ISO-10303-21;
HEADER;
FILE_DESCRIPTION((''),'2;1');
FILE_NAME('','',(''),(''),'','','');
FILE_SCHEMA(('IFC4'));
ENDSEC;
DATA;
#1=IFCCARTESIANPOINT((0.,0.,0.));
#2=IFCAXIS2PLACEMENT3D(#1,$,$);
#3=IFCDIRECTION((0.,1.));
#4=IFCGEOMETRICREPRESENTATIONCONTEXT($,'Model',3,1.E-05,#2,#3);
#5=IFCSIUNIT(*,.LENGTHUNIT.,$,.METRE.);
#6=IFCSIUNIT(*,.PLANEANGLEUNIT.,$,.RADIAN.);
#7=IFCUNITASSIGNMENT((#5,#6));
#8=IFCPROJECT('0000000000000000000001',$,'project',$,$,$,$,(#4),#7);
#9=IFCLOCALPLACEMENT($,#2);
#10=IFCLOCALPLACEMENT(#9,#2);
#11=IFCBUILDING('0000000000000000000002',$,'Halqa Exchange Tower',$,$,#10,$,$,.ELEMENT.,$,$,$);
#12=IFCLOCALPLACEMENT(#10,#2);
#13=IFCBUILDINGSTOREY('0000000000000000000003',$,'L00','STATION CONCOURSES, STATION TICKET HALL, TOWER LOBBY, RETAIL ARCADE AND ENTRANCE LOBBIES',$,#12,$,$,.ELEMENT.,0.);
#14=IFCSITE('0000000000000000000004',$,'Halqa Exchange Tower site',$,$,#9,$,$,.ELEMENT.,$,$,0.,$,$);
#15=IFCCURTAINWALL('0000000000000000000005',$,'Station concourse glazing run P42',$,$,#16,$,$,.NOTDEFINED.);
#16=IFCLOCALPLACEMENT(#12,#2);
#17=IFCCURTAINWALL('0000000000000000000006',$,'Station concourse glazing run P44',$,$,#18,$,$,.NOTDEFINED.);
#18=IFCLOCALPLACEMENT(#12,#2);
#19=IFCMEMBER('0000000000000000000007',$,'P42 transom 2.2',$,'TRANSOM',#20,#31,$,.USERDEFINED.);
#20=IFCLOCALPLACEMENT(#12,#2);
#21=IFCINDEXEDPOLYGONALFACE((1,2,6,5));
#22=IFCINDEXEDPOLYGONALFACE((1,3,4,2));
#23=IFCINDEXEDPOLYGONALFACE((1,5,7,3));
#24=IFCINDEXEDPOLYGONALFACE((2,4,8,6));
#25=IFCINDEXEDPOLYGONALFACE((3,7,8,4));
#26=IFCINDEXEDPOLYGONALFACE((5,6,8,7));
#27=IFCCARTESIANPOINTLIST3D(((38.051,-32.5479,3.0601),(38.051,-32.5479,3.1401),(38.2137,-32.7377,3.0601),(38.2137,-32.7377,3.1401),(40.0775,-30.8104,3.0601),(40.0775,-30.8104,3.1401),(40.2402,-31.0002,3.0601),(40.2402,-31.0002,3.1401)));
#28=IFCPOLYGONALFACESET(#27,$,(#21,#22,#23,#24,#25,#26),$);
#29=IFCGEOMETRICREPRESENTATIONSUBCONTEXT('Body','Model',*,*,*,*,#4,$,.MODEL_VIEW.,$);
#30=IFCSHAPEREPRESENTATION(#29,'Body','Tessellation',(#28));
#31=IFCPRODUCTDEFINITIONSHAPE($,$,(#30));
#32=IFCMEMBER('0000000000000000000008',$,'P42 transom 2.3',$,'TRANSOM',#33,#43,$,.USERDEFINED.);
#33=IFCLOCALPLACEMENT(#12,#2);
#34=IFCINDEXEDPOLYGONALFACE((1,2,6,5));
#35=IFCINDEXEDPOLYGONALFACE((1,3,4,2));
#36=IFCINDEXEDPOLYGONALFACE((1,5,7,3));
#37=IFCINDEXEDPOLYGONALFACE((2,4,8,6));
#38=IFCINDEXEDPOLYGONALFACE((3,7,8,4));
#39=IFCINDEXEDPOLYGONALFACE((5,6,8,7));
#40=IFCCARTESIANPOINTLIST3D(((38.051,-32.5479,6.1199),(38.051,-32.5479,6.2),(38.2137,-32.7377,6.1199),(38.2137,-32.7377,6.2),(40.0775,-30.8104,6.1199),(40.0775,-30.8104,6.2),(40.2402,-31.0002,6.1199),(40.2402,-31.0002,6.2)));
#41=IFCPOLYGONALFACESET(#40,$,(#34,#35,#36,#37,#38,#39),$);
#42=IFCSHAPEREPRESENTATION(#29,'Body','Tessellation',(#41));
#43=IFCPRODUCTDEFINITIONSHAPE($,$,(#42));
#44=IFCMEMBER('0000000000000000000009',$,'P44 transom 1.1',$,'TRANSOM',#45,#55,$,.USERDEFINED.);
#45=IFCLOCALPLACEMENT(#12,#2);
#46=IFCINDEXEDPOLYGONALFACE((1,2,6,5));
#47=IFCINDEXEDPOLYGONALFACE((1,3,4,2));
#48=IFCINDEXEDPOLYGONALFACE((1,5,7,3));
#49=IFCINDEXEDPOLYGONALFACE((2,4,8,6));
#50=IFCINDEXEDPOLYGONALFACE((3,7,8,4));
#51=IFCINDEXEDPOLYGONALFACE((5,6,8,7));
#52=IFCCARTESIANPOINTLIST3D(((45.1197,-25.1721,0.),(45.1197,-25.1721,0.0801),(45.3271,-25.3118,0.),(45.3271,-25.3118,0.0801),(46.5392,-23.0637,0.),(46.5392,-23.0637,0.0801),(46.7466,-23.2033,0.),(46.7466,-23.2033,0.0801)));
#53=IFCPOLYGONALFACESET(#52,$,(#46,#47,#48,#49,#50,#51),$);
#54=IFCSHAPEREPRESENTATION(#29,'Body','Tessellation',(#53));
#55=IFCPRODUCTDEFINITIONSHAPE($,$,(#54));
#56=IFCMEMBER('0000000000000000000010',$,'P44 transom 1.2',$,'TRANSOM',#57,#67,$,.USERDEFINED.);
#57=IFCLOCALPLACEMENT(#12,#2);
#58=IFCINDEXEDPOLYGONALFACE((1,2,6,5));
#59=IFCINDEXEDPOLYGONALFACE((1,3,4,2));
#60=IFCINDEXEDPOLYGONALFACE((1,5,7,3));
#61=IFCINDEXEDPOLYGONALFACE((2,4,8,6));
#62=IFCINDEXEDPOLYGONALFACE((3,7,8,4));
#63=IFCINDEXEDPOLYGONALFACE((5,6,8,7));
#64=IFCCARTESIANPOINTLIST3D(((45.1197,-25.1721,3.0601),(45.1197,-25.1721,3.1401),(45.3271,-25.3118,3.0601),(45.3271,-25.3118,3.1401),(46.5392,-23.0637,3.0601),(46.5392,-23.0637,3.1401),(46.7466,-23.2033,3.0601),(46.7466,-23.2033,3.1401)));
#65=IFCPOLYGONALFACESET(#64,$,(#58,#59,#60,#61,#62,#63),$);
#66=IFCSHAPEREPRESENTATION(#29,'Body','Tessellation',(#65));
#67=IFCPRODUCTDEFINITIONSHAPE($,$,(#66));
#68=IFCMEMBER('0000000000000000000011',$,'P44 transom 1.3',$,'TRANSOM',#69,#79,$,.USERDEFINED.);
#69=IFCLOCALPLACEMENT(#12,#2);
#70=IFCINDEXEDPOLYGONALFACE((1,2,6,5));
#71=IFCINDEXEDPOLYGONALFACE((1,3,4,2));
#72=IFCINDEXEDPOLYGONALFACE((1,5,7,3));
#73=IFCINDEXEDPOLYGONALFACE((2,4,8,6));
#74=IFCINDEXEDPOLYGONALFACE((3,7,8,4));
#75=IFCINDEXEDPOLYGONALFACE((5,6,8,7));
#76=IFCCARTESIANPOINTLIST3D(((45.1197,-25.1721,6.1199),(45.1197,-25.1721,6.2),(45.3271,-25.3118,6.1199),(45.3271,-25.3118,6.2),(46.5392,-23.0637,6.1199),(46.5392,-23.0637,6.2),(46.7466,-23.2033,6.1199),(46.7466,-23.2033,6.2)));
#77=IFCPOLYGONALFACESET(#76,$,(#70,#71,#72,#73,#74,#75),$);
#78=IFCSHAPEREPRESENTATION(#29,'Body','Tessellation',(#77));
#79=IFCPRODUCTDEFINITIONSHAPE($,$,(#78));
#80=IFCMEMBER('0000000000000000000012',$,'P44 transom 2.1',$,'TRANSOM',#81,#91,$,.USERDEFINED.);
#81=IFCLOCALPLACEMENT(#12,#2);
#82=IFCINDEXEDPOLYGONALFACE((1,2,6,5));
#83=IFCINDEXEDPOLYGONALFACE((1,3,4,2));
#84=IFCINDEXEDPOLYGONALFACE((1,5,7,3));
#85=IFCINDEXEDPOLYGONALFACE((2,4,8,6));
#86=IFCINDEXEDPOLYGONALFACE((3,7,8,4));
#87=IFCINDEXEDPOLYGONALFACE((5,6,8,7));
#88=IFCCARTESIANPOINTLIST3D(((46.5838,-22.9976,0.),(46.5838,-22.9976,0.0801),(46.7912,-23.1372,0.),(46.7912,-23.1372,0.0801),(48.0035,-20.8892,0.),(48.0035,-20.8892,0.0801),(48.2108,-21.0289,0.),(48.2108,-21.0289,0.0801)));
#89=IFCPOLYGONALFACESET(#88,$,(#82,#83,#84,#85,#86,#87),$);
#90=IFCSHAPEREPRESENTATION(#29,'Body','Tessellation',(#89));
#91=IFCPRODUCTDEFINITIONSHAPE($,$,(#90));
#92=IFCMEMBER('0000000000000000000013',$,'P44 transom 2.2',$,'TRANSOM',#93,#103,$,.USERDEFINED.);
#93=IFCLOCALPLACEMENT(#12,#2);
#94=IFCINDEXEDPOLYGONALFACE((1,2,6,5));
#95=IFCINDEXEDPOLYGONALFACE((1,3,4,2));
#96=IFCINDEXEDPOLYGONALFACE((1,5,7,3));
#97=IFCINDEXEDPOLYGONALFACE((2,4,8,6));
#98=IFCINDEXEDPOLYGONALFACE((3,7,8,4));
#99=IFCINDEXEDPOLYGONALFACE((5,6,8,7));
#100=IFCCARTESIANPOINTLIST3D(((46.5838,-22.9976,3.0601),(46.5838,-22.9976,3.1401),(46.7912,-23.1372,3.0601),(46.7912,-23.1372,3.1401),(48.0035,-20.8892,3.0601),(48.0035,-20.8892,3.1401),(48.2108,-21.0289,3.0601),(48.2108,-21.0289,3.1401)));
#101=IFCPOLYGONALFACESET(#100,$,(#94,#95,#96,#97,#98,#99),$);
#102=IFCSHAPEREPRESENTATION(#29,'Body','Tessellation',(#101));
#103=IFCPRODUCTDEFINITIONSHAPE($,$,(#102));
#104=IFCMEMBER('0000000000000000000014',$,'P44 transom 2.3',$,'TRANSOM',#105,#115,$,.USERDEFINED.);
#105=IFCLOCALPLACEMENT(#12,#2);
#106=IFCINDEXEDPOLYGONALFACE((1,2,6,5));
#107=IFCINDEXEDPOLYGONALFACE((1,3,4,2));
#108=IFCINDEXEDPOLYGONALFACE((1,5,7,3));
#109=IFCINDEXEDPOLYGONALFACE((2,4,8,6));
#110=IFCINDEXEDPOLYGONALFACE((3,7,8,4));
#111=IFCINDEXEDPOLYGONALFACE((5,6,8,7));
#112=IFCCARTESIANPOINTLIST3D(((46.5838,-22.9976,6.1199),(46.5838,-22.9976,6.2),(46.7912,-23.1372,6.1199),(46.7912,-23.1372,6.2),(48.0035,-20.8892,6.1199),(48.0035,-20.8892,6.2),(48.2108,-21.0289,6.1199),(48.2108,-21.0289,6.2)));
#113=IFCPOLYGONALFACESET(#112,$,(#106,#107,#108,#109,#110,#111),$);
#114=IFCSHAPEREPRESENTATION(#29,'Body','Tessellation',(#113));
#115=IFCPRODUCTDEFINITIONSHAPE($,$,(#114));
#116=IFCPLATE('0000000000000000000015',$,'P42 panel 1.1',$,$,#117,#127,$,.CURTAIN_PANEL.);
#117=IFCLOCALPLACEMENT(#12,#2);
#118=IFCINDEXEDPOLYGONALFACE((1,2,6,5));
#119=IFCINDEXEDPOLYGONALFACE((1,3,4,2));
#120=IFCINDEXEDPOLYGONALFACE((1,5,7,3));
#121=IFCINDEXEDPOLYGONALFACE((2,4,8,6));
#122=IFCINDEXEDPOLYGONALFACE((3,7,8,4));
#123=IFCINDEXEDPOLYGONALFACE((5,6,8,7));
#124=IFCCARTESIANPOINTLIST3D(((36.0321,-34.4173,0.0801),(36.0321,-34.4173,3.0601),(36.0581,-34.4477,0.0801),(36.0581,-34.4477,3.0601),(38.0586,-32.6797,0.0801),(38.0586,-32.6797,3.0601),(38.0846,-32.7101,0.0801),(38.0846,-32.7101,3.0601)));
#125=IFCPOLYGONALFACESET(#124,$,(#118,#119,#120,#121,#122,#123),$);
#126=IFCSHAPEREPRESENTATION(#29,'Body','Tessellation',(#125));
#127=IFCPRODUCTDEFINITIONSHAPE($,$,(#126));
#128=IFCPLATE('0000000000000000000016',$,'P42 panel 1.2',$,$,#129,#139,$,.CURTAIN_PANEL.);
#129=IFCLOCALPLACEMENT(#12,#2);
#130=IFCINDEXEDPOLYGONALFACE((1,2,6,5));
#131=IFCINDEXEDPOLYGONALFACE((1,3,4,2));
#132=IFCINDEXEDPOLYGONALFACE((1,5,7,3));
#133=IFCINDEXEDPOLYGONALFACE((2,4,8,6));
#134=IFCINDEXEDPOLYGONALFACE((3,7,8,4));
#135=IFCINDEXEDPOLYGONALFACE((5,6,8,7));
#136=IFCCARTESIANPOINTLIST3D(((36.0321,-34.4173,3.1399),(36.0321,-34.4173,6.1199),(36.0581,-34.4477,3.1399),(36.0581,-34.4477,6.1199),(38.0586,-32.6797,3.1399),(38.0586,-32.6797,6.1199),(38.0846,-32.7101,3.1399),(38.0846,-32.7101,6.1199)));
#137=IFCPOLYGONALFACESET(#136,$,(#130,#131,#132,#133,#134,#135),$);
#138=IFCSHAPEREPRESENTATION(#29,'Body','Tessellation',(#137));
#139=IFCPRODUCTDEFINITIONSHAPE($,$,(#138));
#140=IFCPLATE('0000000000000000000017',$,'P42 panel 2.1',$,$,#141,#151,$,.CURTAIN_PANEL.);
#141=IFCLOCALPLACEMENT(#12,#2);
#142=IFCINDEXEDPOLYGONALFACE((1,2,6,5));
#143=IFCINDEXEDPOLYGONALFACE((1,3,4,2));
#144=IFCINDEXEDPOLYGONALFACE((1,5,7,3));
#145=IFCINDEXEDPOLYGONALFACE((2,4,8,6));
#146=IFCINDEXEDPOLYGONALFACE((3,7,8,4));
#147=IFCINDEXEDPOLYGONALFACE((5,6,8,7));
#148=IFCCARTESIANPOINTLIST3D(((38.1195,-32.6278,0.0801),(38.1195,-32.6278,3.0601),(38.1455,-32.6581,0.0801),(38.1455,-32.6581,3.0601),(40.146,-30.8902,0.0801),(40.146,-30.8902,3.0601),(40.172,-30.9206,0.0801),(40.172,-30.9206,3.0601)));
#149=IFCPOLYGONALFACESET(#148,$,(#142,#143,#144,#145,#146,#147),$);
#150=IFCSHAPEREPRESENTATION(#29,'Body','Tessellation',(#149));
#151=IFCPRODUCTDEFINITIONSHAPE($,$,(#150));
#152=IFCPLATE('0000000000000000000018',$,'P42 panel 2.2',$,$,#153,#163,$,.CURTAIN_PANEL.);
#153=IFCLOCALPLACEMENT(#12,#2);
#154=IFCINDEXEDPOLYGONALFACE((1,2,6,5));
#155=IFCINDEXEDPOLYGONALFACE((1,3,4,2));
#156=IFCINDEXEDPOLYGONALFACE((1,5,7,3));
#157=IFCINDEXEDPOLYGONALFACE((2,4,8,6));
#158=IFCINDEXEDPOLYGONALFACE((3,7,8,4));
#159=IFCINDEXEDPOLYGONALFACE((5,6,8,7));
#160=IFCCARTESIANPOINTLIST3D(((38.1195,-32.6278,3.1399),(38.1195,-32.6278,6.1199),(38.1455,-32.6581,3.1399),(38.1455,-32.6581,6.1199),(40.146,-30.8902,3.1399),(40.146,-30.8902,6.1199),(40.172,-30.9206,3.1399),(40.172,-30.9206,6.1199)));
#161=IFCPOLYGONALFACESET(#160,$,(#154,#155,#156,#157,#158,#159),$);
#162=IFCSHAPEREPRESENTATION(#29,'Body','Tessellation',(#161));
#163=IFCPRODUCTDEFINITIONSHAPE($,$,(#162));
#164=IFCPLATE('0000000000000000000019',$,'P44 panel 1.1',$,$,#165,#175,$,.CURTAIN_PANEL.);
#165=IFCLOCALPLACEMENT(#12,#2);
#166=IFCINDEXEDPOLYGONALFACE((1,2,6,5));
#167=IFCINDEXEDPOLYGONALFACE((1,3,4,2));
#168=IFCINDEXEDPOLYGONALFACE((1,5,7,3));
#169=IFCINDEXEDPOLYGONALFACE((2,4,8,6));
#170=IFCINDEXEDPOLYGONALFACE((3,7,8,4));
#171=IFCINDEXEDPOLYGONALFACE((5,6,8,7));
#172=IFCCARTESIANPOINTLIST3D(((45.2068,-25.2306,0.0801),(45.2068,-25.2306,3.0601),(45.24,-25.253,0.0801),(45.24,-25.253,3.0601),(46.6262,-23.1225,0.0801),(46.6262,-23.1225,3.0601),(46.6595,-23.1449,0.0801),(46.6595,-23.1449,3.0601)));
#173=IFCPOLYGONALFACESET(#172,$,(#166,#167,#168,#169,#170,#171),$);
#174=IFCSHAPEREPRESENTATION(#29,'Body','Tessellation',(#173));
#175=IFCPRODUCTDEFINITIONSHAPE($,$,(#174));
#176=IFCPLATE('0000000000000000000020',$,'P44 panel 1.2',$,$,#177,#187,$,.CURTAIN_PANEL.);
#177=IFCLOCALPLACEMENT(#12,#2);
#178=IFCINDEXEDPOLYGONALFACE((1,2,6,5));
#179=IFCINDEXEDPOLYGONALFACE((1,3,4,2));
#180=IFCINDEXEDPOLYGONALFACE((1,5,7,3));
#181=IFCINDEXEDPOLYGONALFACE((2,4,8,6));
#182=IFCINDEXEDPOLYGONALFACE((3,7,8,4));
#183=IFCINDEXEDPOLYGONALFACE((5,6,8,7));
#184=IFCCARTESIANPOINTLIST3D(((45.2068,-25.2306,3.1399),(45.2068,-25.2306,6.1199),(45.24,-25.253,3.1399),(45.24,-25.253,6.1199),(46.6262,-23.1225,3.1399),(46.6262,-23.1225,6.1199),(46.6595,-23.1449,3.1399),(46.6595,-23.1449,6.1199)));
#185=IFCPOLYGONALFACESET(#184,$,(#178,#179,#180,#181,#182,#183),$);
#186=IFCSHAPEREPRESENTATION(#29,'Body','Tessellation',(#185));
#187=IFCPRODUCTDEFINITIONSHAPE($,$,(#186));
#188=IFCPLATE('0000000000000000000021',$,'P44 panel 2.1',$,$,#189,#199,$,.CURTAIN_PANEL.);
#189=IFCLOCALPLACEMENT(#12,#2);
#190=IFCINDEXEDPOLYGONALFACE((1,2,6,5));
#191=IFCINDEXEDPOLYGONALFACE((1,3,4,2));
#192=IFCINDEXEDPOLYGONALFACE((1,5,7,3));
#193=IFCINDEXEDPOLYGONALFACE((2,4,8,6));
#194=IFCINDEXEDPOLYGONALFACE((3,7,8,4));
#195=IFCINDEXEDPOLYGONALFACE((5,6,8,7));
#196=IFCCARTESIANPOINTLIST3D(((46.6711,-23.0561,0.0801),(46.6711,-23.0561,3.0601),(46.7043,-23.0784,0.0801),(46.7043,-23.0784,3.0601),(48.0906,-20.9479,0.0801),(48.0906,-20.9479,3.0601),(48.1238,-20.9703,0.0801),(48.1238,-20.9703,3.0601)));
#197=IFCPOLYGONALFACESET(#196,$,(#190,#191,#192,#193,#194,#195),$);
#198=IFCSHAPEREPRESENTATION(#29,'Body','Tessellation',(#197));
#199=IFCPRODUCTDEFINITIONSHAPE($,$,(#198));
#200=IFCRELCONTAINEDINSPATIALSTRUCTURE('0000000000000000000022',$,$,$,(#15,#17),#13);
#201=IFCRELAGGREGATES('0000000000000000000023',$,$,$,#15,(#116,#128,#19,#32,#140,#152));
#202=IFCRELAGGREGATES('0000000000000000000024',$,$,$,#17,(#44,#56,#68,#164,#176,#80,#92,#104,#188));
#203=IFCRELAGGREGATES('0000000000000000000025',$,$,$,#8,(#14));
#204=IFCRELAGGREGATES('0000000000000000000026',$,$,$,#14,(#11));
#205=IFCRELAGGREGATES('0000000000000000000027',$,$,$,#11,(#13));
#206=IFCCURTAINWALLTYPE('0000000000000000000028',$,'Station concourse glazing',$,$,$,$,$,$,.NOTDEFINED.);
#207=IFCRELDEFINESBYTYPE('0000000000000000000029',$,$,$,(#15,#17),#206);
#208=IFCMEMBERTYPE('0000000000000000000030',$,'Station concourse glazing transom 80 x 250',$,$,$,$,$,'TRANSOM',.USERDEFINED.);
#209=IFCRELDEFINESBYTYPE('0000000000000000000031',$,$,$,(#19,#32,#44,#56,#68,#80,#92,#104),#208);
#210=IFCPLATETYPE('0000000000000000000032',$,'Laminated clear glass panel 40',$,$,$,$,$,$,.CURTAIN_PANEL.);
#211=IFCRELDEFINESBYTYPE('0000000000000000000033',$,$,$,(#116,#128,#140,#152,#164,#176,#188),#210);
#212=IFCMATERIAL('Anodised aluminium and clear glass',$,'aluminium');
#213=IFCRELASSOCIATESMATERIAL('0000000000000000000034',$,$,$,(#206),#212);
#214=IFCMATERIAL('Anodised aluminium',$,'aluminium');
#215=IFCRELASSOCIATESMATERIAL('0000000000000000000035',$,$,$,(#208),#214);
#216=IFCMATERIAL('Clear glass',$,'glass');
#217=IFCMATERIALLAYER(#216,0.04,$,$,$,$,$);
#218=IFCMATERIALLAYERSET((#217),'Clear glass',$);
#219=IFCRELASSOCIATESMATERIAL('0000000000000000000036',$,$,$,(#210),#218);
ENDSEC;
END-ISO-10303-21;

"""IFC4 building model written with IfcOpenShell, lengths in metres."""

from ifc_helpers import new_model, si_unit, direction, frame, origin, origin_2d, place, context, subcontext, project, spatial, rectangle, extrude, material, layer, layer_set, material_profile, profile_set, type_object, element, aggregate, save


model = new_model("IFC4")

# Units and contexts
model_context = context("Model", 3, precision=1e-05, world=origin(), true_north=direction((0.0, 1.0)))
body_context = subcontext(model_context, "Body", "Model", "MODEL_VIEW")
ifc_project = project(units=[si_unit("LENGTHUNIT", "METRE"), si_unit("PLANEANGLEUNIT", "RADIAN")], contexts=[model_context])

# Site, building, storey
site_placement = place(None, origin())
site = spatial("IfcSite", under=ifc_project, at=site_placement, Name="Halqa Exchange Tower site", CompositionType="ELEMENT", RefElevation=0.0)
building_placement = place(site_placement, origin())
building = spatial("IfcBuilding", under=site, at=building_placement, Name="Halqa Exchange Tower", CompositionType="ELEMENT")
storey_placement = place(building_placement, origin())
storey = spatial("IfcBuildingStorey", under=building, at=storey_placement, Name="L00", Description="STATION CONCOURSES, STATION TICKET HALL, TOWER LOBBY, RETAIL ARCADE AND ENTRANCE LOBBIES", CompositionType="ELEMENT", Elevation=0.0)

# Curtain walls
ifc_material_1 = material(Name="Anodised aluminium and clear glass", Category="aluminium")
curtain_wall_type = type_object("IfcCurtainWallType", Name="Station concourse glazing", PredefinedType="NOTDEFINED", material=ifc_material_1)
curtain_wall_1_placement = place(storey_placement, origin())
curtain_wall_1 = element("IfcCurtainWall", 1, at=curtain_wall_1_placement, inside=storey, type_object=curtain_wall_type, Name="Station concourse glazing run P42", PredefinedType="NOTDEFINED")
ifc_material_2 = material(Name="Anodised aluminium", Category="aluminium")
curtain_wall_2_placement = place(storey_placement, origin())
curtain_wall_2 = element("IfcCurtainWall", 2, at=curtain_wall_2_placement, inside=storey, type_object=curtain_wall_type, Name="Station concourse glazing run P44", PredefinedType="NOTDEFINED")

# Members
ifc_material_profile_1 = material_profile(ifc_material_2, rectangle(XDim=0.25, YDim=0.0801, at=origin_2d()), Name="AL 80x250")
ifc_profile_set_1 = profile_set([ifc_material_profile_1], Name="Anodised aluminium")
member_type_1 = type_object("IfcMemberType", Name="Station concourse glazing transom 80 x 250", ElementType="TRANSOM", PredefinedType="USERDEFINED", material=ifc_profile_set_1)
member_1_placement = place(storey_placement, frame((38.1323, -32.6428, 3.1001), z_axis=(0.759173, 0.650889, 0.0), x_axis=(-0.650889, 0.759173, 0.0)))
member_1 = element("IfcMember", 3, at=member_1_placement, type_object=member_type_1, Name="P42 transom 2.2", ObjectType="TRANSOM", PredefinedType="USERDEFINED", context=body_context, shape_type="SweptSolid", body=[
    extrude(rectangle(XDim=0.25, YDim=0.0801, at=origin_2d()), origin(), (0.0, 0.0, 1.0), 2.6694),
])
member_2_placement = place(storey_placement, frame((38.1323, -32.6428, 6.1599), z_axis=(0.759173, 0.650889, 0.0), x_axis=(-0.650889, 0.759173, 0.0)))
member_2 = element("IfcMember", 4, at=member_2_placement, type_object=member_type_1, Name="P42 transom 2.3", ObjectType="TRANSOM", PredefinedType="USERDEFINED", context=body_context, shape_type="SweptSolid", body=[
    extrude(rectangle(XDim=0.25, YDim=0.0801, at=origin_2d()), origin(), (0.0, 0.0, 1.0), 2.6694),
])
member_3_placement = place(storey_placement, frame((45.2234, -25.2419, 0.04), z_axis=(0.558463, 0.82953, 0.0), x_axis=(-0.82953, 0.558463, 0.0)))
member_3 = element("IfcMember", 5, at=member_3_placement, type_object=member_type_1, Name="P44 transom 1.1", ObjectType="TRANSOM", PredefinedType="USERDEFINED", context=body_context, shape_type="SweptSolid", body=[
    extrude(rectangle(XDim=0.25, YDim=0.0801, at=origin_2d()), origin(), (0.0, 0.0, 1.0), 2.5417),
])
member_4_placement = place(storey_placement, frame((45.2234, -25.2419, 3.1001), z_axis=(0.558463, 0.82953, 0.0), x_axis=(-0.82953, 0.558463, 0.0)))
member_4 = element("IfcMember", 6, at=member_4_placement, type_object=member_type_1, Name="P44 transom 1.2", ObjectType="TRANSOM", PredefinedType="USERDEFINED", context=body_context, shape_type="SweptSolid", body=[
    extrude(rectangle(XDim=0.25, YDim=0.0801, at=origin_2d()), origin(), (0.0, 0.0, 1.0), 2.5417),
])
member_5_placement = place(storey_placement, frame((45.2234, -25.2419, 6.1599), z_axis=(0.558463, 0.82953, 0.0), x_axis=(-0.82953, 0.558463, 0.0)))
member_5 = element("IfcMember", 7, at=member_5_placement, type_object=member_type_1, Name="P44 transom 1.3", ObjectType="TRANSOM", PredefinedType="USERDEFINED", context=body_context, shape_type="SweptSolid", body=[
    extrude(rectangle(XDim=0.25, YDim=0.0801, at=origin_2d()), origin(), (0.0, 0.0, 1.0), 2.5417),
])
member_6_placement = place(storey_placement, frame((46.6875, -23.0674, 0.04), z_axis=(0.558529, 0.829485, 0.0), x_axis=(-0.829485, 0.558529, 0.0)))
member_6 = element("IfcMember", 8, at=member_6_placement, type_object=member_type_1, Name="P44 transom 2.1", ObjectType="TRANSOM", PredefinedType="USERDEFINED", context=body_context, shape_type="SweptSolid", body=[
    extrude(rectangle(XDim=0.25, YDim=0.0801, at=origin_2d()), origin(), (0.0, 0.0, 1.0), 2.5417),
])
member_7_placement = place(storey_placement, frame((46.6875, -23.0674, 3.1001), z_axis=(0.558529, 0.829485, 0.0), x_axis=(-0.829485, 0.558529, 0.0)))
member_7 = element("IfcMember", 9, at=member_7_placement, type_object=member_type_1, Name="P44 transom 2.2", ObjectType="TRANSOM", PredefinedType="USERDEFINED", context=body_context, shape_type="SweptSolid", body=[
    extrude(rectangle(XDim=0.25, YDim=0.0801, at=origin_2d()), origin(), (0.0, 0.0, 1.0), 2.5417),
])
member_8_placement = place(storey_placement, frame((46.6875, -23.0674, 6.1599), z_axis=(0.558529, 0.829485, 0.0), x_axis=(-0.829485, 0.558529, 0.0)))
member_8 = element("IfcMember", 10, at=member_8_placement, type_object=member_type_1, Name="P44 transom 2.3", ObjectType="TRANSOM", PredefinedType="USERDEFINED", context=body_context, shape_type="SweptSolid", body=[
    extrude(rectangle(XDim=0.25, YDim=0.0801, at=origin_2d()), origin(), (0.0, 0.0, 1.0), 2.5417),
])

# Plates
ifc_material_3 = material(Name="Clear glass", Category="glass")
ifc_layer_1 = layer(ifc_material_3, 0.04)
ifc_layer_set_1 = layer_set([ifc_layer_1], Name="Clear glass")
plate_type = type_object("IfcPlateType", Name="Laminated clear glass panel 40", PredefinedType="CURTAIN_PANEL", material=ifc_layer_set_1)
plate_1_placement = place(storey_placement, frame((37.0583, -33.5637, 0.0801), z_axis=(0.0, 0.0, 1.0), x_axis=(0.759154, 0.650911, 0.0)))
plate_1 = element("IfcPlate", 11, at=plate_1_placement, type_object=plate_type, Name="P42 panel 1.1", PredefinedType="CURTAIN_PANEL", context=body_context, shape_type="SweptSolid", body=[
    extrude(rectangle(XDim=2.6694, YDim=0.04, at=origin_2d()), origin(), (0.0, 0.0, 1.0), 2.98),
])
plate_2_placement = place(storey_placement, frame((37.0583, -33.5637, 3.1399), z_axis=(0.0, 0.0, 1.0), x_axis=(0.759154, 0.650911, 0.0)))
plate_2 = element("IfcPlate", 12, at=plate_2_placement, type_object=plate_type, Name="P42 panel 1.2", PredefinedType="CURTAIN_PANEL", context=body_context, shape_type="SweptSolid", body=[
    extrude(rectangle(XDim=2.6694, YDim=0.04, at=origin_2d()), origin(), (0.0, 0.0, 1.0), 2.98),
])
plate_3_placement = place(storey_placement, frame((39.1458, -31.7742, 0.0801), z_axis=(0.0, 0.0, 1.0), x_axis=(0.759154, 0.650911, 0.0)))
plate_3 = element("IfcPlate", 13, at=plate_3_placement, type_object=plate_type, Name="P42 panel 2.1", PredefinedType="CURTAIN_PANEL", context=body_context, shape_type="SweptSolid", body=[
    extrude(rectangle(XDim=2.6694, YDim=0.04, at=origin_2d()), origin(), (0.0, 0.0, 1.0), 2.98),
])
plate_4_placement = place(storey_placement, frame((39.1458, -31.7742, 3.1399), z_axis=(0.0, 0.0, 1.0), x_axis=(0.759154, 0.650911, 0.0)))
plate_4 = element("IfcPlate", 14, at=plate_4_placement, type_object=plate_type, Name="P42 panel 2.2", PredefinedType="CURTAIN_PANEL", context=body_context, shape_type="SweptSolid", body=[
    extrude(rectangle(XDim=2.6694, YDim=0.04, at=origin_2d()), origin(), (0.0, 0.0, 1.0), 2.98),
])
aggregate(curtain_wall_1, [plate_1, plate_2, member_1, member_2, plate_3, plate_4])
plate_5_placement = place(storey_placement, frame((45.9331, -24.1877, 0.0801), z_axis=(0.0, 0.0, 1.0), x_axis=(0.558522, 0.82949, 0.0)))
plate_5 = element("IfcPlate", 15, at=plate_5_placement, type_object=plate_type, Name="P44 panel 1.1", PredefinedType="CURTAIN_PANEL", context=body_context, shape_type="SweptSolid", body=[
    extrude(rectangle(XDim=2.5415, YDim=0.04, at=origin_2d()), origin(), (0.0, 0.0, 1.0), 2.98),
])
plate_6_placement = place(storey_placement, frame((45.9331, -24.1877, 3.1399), z_axis=(0.0, 0.0, 1.0), x_axis=(0.558522, 0.82949, 0.0)))
plate_6 = element("IfcPlate", 16, at=plate_6_placement, type_object=plate_type, Name="P44 panel 1.2", PredefinedType="CURTAIN_PANEL", context=body_context, shape_type="SweptSolid", body=[
    extrude(rectangle(XDim=2.5415, YDim=0.04, at=origin_2d()), origin(), (0.0, 0.0, 1.0), 2.98),
])
plate_7_placement = place(storey_placement, frame((47.3975, -22.0132, 0.0801), z_axis=(0.0, 0.0, 1.0), x_axis=(0.558522, 0.82949, 0.0)))
plate_7 = element("IfcPlate", 17, at=plate_7_placement, type_object=plate_type, Name="P44 panel 2.1", PredefinedType="CURTAIN_PANEL", context=body_context, shape_type="SweptSolid", body=[
    extrude(rectangle(XDim=2.5415, YDim=0.04, at=origin_2d()), origin(), (0.0, 0.0, 1.0), 2.98),
])
aggregate(curtain_wall_2, [member_3, member_4, member_5, plate_5, plate_6, member_6, member_7, member_8, plate_7])

save(model, "model.ifc")
